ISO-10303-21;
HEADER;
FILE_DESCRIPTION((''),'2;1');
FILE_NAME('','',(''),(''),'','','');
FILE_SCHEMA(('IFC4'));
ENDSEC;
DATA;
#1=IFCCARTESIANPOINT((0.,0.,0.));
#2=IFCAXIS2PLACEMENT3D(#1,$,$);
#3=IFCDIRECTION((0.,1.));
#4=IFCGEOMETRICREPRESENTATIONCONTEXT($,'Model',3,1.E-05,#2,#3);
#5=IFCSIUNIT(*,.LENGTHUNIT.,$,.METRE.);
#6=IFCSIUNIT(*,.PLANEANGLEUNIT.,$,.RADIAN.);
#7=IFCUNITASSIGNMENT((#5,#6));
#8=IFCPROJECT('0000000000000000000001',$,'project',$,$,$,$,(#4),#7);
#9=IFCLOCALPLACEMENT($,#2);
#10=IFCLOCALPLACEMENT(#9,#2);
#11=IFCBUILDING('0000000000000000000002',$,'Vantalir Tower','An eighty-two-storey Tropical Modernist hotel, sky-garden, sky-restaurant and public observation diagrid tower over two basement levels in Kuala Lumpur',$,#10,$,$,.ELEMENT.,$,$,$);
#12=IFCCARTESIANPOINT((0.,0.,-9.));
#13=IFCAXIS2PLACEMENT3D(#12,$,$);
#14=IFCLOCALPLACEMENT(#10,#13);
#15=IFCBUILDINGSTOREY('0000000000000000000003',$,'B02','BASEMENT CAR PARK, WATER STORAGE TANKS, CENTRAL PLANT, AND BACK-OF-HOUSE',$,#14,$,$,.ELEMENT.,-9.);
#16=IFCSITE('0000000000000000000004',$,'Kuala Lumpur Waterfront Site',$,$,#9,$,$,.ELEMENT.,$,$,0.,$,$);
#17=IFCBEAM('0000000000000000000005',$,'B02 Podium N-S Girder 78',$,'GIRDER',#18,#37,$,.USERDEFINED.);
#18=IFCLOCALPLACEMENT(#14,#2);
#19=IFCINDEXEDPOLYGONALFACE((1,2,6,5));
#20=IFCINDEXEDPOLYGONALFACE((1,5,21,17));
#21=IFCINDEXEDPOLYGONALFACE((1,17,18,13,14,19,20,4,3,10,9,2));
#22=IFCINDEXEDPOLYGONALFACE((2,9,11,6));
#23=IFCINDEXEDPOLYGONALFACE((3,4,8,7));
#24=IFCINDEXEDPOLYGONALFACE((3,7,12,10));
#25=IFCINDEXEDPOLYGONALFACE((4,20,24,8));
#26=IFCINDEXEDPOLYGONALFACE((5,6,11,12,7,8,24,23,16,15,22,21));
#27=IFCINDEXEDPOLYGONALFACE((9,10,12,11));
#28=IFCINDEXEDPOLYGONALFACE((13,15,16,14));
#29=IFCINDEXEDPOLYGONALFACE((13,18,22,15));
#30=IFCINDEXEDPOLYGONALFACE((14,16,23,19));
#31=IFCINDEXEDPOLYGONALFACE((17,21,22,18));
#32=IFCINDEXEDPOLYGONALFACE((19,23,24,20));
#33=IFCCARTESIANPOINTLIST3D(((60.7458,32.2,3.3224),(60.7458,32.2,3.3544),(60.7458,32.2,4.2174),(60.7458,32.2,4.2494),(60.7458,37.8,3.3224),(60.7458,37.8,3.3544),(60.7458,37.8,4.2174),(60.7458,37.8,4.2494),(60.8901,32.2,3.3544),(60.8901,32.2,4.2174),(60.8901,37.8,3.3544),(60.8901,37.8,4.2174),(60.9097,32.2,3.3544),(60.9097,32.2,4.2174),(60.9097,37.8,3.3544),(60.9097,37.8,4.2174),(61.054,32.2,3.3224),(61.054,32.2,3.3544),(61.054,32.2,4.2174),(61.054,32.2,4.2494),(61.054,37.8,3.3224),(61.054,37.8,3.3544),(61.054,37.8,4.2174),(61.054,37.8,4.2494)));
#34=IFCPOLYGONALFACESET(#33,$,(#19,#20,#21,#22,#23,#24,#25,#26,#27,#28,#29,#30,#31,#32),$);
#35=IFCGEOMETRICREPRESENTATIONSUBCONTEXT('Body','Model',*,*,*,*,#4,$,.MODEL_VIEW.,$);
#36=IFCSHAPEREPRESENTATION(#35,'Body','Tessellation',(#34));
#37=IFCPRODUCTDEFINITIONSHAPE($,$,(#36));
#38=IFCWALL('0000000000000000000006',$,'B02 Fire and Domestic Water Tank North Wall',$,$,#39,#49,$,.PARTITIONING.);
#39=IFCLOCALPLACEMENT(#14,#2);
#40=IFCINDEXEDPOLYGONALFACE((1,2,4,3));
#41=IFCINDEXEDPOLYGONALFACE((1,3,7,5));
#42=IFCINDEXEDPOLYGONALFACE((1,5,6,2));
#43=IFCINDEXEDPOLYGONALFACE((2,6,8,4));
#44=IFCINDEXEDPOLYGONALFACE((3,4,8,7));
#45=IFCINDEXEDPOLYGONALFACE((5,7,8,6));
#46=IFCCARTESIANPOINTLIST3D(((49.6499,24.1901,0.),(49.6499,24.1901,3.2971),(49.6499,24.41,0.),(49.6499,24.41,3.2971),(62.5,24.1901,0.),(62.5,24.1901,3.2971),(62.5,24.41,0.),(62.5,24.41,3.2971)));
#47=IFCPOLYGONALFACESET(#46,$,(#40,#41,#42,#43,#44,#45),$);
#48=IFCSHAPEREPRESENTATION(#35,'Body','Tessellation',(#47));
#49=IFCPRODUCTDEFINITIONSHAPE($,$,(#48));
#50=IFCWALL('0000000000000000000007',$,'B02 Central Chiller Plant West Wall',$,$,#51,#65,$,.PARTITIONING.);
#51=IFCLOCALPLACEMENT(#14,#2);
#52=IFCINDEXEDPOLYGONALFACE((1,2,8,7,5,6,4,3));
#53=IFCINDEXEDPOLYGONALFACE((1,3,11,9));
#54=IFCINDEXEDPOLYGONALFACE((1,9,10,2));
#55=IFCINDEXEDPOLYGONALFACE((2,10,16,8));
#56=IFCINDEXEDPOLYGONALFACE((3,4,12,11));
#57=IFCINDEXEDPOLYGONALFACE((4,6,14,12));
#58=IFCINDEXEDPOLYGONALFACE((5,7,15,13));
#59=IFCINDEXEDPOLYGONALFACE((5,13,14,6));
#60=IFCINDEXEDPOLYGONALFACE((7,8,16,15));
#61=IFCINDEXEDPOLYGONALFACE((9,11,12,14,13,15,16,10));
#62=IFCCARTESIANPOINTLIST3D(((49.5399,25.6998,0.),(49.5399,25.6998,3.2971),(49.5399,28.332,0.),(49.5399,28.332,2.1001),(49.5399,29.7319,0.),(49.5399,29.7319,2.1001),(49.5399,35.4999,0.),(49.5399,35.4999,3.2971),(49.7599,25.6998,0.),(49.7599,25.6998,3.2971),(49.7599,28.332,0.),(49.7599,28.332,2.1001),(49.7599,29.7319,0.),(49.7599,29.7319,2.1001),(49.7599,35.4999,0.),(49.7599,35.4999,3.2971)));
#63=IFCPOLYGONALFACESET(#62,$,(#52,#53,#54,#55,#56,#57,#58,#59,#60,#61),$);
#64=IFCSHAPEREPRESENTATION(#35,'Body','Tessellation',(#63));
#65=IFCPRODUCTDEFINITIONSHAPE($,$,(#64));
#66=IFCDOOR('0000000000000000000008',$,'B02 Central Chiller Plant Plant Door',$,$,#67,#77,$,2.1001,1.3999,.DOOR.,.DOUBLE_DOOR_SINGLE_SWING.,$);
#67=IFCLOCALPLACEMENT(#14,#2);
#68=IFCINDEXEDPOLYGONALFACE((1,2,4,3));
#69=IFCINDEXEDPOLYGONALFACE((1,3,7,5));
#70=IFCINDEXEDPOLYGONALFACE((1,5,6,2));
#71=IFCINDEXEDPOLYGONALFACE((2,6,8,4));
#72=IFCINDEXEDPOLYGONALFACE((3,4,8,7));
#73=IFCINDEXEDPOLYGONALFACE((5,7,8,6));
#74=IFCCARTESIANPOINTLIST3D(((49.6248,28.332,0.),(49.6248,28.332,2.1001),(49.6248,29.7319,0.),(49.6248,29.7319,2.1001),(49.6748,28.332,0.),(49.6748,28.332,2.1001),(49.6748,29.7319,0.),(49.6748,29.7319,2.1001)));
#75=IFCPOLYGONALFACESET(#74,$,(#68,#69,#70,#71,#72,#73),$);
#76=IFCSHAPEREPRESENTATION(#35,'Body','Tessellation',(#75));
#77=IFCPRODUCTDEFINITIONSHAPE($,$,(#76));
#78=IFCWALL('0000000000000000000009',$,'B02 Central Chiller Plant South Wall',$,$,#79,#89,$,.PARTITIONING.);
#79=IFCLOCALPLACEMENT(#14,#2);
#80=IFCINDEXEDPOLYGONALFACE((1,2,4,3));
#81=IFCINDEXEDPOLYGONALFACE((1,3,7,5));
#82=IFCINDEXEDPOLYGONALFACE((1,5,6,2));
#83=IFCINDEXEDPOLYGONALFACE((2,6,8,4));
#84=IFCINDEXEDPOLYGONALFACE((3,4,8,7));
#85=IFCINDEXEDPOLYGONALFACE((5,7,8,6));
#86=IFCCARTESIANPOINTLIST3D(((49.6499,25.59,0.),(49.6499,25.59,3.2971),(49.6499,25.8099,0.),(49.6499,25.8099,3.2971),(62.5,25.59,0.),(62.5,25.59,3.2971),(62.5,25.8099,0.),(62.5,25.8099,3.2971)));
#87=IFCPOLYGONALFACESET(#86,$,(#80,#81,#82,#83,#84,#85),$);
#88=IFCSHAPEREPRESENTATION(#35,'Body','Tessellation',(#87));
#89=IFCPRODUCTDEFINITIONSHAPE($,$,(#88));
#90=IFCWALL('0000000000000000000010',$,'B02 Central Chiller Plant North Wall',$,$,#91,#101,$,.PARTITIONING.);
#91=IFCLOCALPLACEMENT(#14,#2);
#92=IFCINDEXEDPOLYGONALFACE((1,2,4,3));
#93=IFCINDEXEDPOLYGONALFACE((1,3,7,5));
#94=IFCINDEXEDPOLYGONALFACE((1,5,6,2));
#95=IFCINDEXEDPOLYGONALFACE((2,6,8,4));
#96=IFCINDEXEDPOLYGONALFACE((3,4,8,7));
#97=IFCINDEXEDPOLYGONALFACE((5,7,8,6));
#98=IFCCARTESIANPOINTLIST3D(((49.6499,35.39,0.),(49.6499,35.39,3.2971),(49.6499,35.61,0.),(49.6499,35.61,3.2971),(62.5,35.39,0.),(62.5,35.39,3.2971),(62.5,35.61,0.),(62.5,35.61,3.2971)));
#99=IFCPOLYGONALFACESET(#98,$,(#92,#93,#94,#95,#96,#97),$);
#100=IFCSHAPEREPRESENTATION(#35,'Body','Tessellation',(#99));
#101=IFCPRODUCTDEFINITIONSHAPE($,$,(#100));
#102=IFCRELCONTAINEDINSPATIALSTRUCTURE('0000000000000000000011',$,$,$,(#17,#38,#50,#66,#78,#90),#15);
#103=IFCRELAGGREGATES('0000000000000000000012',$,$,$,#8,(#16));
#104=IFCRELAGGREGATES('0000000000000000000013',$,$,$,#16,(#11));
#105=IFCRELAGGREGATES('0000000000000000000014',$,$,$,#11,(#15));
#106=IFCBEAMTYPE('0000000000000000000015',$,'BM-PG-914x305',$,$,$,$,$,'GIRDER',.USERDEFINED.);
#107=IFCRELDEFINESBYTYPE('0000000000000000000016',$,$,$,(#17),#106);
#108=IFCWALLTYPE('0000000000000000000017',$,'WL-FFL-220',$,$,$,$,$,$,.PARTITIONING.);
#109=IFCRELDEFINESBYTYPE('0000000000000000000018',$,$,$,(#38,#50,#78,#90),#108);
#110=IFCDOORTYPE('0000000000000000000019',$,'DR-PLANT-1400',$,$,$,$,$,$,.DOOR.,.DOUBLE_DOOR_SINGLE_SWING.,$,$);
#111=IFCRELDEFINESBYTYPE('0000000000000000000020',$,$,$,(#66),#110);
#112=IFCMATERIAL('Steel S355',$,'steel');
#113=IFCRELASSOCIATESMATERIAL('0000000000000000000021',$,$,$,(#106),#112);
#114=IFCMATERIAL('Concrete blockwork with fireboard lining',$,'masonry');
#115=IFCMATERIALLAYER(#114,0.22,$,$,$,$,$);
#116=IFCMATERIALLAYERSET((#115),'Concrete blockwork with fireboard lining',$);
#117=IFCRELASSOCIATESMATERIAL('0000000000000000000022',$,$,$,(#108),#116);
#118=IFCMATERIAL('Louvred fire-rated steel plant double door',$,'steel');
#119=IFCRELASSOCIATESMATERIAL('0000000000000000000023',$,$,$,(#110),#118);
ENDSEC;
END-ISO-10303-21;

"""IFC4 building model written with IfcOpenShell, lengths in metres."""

from ifc_helpers import new_model, si_unit, direction, frame, frame_2d, origin, origin_2d, place, context, subcontext, project, spatial, rectangle, i_section, extrude, material, layer, layer_set, material_profile, profile_set, type_object, element, fill, save


model = new_model("IFC4")

# Units and contexts
model_context = context("Model", 3, precision=1e-05, world=origin(), true_north=direction((0.0, 1.0)))
body_context = subcontext(model_context, "Body", "Model", "MODEL_VIEW")
ifc_project = project(units=[si_unit("LENGTHUNIT", "METRE"), si_unit("PLANEANGLEUNIT", "RADIAN")], contexts=[model_context])

# Site, building, storey
site_placement = place(None, origin())
site = spatial("IfcSite", under=ifc_project, at=site_placement, Name="Kuala Lumpur Waterfront Site", CompositionType="ELEMENT", RefElevation=0.0)
building_placement = place(site_placement, origin())
building = spatial("IfcBuilding", under=site, at=building_placement, Name="Vantalir Tower", Description="An eighty-two-storey Tropical Modernist hotel, sky-garden, sky-restaurant and public observation diagrid tower over two basement levels in Kuala Lumpur", CompositionType="ELEMENT")
storey_placement = place(building_placement, frame((0.0, 0.0, -9.0)))
storey = spatial("IfcBuildingStorey", under=building, at=storey_placement, Name="B02", Description="BASEMENT CAR PARK, WATER STORAGE TANKS, CENTRAL PLANT, AND BACK-OF-HOUSE", CompositionType="ELEMENT", Elevation=-9.0)

# Beam
ifc_material_1 = material(Name="Steel S355", Category="steel")
ifc_material_profile_1 = material_profile(ifc_material_1, i_section(OverallWidth=0.3081, OverallDepth=0.927, WebThickness=0.0195, FlangeThickness=0.032, at=origin_2d()), Name="Steel S355")
ifc_profile_set_1 = profile_set([ifc_material_profile_1], Name="Steel S355")
beam_type = type_object("IfcBeamType", Name="BM-PG-914x305", ElementType="GIRDER", PredefinedType="USERDEFINED", material=ifc_profile_set_1)
beam_1_placement = place(storey_placement, frame((60.8999, 32.2, 3.7859), z_axis=(0.0, 1.0, 0.0), x_axis=(-1.0, 0.0, 0.0)))
element("IfcBeam", 1, at=beam_1_placement, inside=storey, type_object=beam_type, Name="B02 Podium N-S Girder 78", ObjectType="GIRDER", PredefinedType="USERDEFINED", context=body_context, shape_type="SweptSolid", body=[
    extrude(i_section(OverallWidth=0.3081, OverallDepth=0.927, WebThickness=0.0195, FlangeThickness=0.032, at=origin_2d()), origin(), (0.0, 0.0, 1.0), 5.6001),
])

# Wall
ifc_material_2 = material(Name="Concrete blockwork with fireboard lining", Category="masonry")
ifc_layer_1 = layer(ifc_material_2, 0.22)
ifc_layer_set_1 = layer_set([ifc_layer_1], Name="Concrete blockwork with fireboard lining")
wall_type = type_object("IfcWallType", Name="WL-FFL-220", PredefinedType="PARTITIONING", material=ifc_layer_set_1)
wall_1_placement = place(storey_placement, frame((49.6499, 24.3, 0.0), z_axis=(0.0, 0.0, 1.0), x_axis=(1.0, 0.0, 0.0)))
element("IfcWall", 2, at=wall_1_placement, inside=storey, type_object=wall_type, Name="B02 Fire and Domestic Water Tank North Wall", PredefinedType="PARTITIONING", context=body_context, shape_type="SweptSolid", body=[
    extrude(rectangle(XDim=12.8501, YDim=0.22, at=frame_2d((6.425, 0.0))), origin(), (0.0, 0.0, 1.0), 3.2971),
])

# Wall, opening, door
wall_2_placement = place(storey_placement, frame((49.6499, 25.7, 0.0), z_axis=(0.0, 0.0, 1.0), x_axis=(0.0, 1.0, 0.0)))
wall_2 = element("IfcWall", 3, at=wall_2_placement, inside=storey, type_object=wall_type, Name="B02 Central Chiller Plant West Wall", PredefinedType="PARTITIONING", context=body_context, shape_type="SweptSolid", body=[
    extrude(rectangle(XDim=9.8, YDim=0.22, at=frame_2d((4.8999, 0.0))), origin(), (0.0, 0.0, 1.0), 3.2971),
])
opening_placement = place(wall_2_placement, frame((2.6321, 0.0, 0.0)))
opening = element("IfcOpeningElement", 4, at=opening_placement, cuts=wall_2, PredefinedType="OPENING", context=body_context, shape_type="SweptSolid", body=[
    extrude(rectangle(XDim=1.3999, YDim=2.1001, at=frame_2d((0.7, 1.05))), frame((0.0, 0.1199, 0.0), z_axis=(0.0, -1.0, 0.0), x_axis=(1.0, 0.0, 0.0)), (0.0, 0.0, 1.0), 0.24),
])
ifc_material_3 = material(Name="Louvred fire-rated steel plant double door", Category="steel")
door_type = type_object("IfcDoorType", Name="DR-PLANT-1400", OperationType="DOUBLE_DOOR_SINGLE_SWING", PredefinedType="DOOR", material=ifc_material_3)
door_placement = place(opening_placement, frame((1.3999, 0.0, 0.0), z_axis=(0.0, 0.0, 1.0), x_axis=(-1.0, 0.0, 0.0)))
door = element("IfcDoor", 5, at=door_placement, inside=storey, type_object=door_type, Name="B02 Central Chiller Plant Plant Door", OperationType="DOUBLE_DOOR_SINGLE_SWING", OverallHeight=2.1001, OverallWidth=1.3999, PredefinedType="DOOR", context=body_context, shape_type="SweptSolid", body=[
    extrude(rectangle(XDim=1.3999, YDim=2.1001, at=frame_2d((0.7, 1.05))), frame((0.0, 0.0249, 0.0), z_axis=(0.0, -1.0, 0.0), x_axis=(1.0, 0.0, 0.0)), (0.0, 0.0, 1.0), 0.05),
])
fill(opening, door)

# Walls
for number, where, z_axis, x_axis, name in (
    (6, (49.6499, 25.7, 0.0), (0.0, 0.0, 1.0), (1.0, 0.0, 0.0), "B02 Central Chiller Plant South Wall"),
    (7, (49.6499, 35.5, 0.0), (0.0, 0.0, 1.0), (1.0, 0.0, 0.0), "B02 Central Chiller Plant North Wall"),
):
    element("IfcWall", number, at=place(storey_placement, frame(where, z_axis=z_axis, x_axis=x_axis)), inside=storey, type_object=wall_type, Name=name, PredefinedType="PARTITIONING", context=body_context, shape_type="SweptSolid", body=[
        extrude(rectangle(XDim=12.8501, YDim=0.22, at=frame_2d((6.425, 0.0))), origin(), (0.0, 0.0, 1.0), 3.2971),
    ])

save(model, "model.ifc")
